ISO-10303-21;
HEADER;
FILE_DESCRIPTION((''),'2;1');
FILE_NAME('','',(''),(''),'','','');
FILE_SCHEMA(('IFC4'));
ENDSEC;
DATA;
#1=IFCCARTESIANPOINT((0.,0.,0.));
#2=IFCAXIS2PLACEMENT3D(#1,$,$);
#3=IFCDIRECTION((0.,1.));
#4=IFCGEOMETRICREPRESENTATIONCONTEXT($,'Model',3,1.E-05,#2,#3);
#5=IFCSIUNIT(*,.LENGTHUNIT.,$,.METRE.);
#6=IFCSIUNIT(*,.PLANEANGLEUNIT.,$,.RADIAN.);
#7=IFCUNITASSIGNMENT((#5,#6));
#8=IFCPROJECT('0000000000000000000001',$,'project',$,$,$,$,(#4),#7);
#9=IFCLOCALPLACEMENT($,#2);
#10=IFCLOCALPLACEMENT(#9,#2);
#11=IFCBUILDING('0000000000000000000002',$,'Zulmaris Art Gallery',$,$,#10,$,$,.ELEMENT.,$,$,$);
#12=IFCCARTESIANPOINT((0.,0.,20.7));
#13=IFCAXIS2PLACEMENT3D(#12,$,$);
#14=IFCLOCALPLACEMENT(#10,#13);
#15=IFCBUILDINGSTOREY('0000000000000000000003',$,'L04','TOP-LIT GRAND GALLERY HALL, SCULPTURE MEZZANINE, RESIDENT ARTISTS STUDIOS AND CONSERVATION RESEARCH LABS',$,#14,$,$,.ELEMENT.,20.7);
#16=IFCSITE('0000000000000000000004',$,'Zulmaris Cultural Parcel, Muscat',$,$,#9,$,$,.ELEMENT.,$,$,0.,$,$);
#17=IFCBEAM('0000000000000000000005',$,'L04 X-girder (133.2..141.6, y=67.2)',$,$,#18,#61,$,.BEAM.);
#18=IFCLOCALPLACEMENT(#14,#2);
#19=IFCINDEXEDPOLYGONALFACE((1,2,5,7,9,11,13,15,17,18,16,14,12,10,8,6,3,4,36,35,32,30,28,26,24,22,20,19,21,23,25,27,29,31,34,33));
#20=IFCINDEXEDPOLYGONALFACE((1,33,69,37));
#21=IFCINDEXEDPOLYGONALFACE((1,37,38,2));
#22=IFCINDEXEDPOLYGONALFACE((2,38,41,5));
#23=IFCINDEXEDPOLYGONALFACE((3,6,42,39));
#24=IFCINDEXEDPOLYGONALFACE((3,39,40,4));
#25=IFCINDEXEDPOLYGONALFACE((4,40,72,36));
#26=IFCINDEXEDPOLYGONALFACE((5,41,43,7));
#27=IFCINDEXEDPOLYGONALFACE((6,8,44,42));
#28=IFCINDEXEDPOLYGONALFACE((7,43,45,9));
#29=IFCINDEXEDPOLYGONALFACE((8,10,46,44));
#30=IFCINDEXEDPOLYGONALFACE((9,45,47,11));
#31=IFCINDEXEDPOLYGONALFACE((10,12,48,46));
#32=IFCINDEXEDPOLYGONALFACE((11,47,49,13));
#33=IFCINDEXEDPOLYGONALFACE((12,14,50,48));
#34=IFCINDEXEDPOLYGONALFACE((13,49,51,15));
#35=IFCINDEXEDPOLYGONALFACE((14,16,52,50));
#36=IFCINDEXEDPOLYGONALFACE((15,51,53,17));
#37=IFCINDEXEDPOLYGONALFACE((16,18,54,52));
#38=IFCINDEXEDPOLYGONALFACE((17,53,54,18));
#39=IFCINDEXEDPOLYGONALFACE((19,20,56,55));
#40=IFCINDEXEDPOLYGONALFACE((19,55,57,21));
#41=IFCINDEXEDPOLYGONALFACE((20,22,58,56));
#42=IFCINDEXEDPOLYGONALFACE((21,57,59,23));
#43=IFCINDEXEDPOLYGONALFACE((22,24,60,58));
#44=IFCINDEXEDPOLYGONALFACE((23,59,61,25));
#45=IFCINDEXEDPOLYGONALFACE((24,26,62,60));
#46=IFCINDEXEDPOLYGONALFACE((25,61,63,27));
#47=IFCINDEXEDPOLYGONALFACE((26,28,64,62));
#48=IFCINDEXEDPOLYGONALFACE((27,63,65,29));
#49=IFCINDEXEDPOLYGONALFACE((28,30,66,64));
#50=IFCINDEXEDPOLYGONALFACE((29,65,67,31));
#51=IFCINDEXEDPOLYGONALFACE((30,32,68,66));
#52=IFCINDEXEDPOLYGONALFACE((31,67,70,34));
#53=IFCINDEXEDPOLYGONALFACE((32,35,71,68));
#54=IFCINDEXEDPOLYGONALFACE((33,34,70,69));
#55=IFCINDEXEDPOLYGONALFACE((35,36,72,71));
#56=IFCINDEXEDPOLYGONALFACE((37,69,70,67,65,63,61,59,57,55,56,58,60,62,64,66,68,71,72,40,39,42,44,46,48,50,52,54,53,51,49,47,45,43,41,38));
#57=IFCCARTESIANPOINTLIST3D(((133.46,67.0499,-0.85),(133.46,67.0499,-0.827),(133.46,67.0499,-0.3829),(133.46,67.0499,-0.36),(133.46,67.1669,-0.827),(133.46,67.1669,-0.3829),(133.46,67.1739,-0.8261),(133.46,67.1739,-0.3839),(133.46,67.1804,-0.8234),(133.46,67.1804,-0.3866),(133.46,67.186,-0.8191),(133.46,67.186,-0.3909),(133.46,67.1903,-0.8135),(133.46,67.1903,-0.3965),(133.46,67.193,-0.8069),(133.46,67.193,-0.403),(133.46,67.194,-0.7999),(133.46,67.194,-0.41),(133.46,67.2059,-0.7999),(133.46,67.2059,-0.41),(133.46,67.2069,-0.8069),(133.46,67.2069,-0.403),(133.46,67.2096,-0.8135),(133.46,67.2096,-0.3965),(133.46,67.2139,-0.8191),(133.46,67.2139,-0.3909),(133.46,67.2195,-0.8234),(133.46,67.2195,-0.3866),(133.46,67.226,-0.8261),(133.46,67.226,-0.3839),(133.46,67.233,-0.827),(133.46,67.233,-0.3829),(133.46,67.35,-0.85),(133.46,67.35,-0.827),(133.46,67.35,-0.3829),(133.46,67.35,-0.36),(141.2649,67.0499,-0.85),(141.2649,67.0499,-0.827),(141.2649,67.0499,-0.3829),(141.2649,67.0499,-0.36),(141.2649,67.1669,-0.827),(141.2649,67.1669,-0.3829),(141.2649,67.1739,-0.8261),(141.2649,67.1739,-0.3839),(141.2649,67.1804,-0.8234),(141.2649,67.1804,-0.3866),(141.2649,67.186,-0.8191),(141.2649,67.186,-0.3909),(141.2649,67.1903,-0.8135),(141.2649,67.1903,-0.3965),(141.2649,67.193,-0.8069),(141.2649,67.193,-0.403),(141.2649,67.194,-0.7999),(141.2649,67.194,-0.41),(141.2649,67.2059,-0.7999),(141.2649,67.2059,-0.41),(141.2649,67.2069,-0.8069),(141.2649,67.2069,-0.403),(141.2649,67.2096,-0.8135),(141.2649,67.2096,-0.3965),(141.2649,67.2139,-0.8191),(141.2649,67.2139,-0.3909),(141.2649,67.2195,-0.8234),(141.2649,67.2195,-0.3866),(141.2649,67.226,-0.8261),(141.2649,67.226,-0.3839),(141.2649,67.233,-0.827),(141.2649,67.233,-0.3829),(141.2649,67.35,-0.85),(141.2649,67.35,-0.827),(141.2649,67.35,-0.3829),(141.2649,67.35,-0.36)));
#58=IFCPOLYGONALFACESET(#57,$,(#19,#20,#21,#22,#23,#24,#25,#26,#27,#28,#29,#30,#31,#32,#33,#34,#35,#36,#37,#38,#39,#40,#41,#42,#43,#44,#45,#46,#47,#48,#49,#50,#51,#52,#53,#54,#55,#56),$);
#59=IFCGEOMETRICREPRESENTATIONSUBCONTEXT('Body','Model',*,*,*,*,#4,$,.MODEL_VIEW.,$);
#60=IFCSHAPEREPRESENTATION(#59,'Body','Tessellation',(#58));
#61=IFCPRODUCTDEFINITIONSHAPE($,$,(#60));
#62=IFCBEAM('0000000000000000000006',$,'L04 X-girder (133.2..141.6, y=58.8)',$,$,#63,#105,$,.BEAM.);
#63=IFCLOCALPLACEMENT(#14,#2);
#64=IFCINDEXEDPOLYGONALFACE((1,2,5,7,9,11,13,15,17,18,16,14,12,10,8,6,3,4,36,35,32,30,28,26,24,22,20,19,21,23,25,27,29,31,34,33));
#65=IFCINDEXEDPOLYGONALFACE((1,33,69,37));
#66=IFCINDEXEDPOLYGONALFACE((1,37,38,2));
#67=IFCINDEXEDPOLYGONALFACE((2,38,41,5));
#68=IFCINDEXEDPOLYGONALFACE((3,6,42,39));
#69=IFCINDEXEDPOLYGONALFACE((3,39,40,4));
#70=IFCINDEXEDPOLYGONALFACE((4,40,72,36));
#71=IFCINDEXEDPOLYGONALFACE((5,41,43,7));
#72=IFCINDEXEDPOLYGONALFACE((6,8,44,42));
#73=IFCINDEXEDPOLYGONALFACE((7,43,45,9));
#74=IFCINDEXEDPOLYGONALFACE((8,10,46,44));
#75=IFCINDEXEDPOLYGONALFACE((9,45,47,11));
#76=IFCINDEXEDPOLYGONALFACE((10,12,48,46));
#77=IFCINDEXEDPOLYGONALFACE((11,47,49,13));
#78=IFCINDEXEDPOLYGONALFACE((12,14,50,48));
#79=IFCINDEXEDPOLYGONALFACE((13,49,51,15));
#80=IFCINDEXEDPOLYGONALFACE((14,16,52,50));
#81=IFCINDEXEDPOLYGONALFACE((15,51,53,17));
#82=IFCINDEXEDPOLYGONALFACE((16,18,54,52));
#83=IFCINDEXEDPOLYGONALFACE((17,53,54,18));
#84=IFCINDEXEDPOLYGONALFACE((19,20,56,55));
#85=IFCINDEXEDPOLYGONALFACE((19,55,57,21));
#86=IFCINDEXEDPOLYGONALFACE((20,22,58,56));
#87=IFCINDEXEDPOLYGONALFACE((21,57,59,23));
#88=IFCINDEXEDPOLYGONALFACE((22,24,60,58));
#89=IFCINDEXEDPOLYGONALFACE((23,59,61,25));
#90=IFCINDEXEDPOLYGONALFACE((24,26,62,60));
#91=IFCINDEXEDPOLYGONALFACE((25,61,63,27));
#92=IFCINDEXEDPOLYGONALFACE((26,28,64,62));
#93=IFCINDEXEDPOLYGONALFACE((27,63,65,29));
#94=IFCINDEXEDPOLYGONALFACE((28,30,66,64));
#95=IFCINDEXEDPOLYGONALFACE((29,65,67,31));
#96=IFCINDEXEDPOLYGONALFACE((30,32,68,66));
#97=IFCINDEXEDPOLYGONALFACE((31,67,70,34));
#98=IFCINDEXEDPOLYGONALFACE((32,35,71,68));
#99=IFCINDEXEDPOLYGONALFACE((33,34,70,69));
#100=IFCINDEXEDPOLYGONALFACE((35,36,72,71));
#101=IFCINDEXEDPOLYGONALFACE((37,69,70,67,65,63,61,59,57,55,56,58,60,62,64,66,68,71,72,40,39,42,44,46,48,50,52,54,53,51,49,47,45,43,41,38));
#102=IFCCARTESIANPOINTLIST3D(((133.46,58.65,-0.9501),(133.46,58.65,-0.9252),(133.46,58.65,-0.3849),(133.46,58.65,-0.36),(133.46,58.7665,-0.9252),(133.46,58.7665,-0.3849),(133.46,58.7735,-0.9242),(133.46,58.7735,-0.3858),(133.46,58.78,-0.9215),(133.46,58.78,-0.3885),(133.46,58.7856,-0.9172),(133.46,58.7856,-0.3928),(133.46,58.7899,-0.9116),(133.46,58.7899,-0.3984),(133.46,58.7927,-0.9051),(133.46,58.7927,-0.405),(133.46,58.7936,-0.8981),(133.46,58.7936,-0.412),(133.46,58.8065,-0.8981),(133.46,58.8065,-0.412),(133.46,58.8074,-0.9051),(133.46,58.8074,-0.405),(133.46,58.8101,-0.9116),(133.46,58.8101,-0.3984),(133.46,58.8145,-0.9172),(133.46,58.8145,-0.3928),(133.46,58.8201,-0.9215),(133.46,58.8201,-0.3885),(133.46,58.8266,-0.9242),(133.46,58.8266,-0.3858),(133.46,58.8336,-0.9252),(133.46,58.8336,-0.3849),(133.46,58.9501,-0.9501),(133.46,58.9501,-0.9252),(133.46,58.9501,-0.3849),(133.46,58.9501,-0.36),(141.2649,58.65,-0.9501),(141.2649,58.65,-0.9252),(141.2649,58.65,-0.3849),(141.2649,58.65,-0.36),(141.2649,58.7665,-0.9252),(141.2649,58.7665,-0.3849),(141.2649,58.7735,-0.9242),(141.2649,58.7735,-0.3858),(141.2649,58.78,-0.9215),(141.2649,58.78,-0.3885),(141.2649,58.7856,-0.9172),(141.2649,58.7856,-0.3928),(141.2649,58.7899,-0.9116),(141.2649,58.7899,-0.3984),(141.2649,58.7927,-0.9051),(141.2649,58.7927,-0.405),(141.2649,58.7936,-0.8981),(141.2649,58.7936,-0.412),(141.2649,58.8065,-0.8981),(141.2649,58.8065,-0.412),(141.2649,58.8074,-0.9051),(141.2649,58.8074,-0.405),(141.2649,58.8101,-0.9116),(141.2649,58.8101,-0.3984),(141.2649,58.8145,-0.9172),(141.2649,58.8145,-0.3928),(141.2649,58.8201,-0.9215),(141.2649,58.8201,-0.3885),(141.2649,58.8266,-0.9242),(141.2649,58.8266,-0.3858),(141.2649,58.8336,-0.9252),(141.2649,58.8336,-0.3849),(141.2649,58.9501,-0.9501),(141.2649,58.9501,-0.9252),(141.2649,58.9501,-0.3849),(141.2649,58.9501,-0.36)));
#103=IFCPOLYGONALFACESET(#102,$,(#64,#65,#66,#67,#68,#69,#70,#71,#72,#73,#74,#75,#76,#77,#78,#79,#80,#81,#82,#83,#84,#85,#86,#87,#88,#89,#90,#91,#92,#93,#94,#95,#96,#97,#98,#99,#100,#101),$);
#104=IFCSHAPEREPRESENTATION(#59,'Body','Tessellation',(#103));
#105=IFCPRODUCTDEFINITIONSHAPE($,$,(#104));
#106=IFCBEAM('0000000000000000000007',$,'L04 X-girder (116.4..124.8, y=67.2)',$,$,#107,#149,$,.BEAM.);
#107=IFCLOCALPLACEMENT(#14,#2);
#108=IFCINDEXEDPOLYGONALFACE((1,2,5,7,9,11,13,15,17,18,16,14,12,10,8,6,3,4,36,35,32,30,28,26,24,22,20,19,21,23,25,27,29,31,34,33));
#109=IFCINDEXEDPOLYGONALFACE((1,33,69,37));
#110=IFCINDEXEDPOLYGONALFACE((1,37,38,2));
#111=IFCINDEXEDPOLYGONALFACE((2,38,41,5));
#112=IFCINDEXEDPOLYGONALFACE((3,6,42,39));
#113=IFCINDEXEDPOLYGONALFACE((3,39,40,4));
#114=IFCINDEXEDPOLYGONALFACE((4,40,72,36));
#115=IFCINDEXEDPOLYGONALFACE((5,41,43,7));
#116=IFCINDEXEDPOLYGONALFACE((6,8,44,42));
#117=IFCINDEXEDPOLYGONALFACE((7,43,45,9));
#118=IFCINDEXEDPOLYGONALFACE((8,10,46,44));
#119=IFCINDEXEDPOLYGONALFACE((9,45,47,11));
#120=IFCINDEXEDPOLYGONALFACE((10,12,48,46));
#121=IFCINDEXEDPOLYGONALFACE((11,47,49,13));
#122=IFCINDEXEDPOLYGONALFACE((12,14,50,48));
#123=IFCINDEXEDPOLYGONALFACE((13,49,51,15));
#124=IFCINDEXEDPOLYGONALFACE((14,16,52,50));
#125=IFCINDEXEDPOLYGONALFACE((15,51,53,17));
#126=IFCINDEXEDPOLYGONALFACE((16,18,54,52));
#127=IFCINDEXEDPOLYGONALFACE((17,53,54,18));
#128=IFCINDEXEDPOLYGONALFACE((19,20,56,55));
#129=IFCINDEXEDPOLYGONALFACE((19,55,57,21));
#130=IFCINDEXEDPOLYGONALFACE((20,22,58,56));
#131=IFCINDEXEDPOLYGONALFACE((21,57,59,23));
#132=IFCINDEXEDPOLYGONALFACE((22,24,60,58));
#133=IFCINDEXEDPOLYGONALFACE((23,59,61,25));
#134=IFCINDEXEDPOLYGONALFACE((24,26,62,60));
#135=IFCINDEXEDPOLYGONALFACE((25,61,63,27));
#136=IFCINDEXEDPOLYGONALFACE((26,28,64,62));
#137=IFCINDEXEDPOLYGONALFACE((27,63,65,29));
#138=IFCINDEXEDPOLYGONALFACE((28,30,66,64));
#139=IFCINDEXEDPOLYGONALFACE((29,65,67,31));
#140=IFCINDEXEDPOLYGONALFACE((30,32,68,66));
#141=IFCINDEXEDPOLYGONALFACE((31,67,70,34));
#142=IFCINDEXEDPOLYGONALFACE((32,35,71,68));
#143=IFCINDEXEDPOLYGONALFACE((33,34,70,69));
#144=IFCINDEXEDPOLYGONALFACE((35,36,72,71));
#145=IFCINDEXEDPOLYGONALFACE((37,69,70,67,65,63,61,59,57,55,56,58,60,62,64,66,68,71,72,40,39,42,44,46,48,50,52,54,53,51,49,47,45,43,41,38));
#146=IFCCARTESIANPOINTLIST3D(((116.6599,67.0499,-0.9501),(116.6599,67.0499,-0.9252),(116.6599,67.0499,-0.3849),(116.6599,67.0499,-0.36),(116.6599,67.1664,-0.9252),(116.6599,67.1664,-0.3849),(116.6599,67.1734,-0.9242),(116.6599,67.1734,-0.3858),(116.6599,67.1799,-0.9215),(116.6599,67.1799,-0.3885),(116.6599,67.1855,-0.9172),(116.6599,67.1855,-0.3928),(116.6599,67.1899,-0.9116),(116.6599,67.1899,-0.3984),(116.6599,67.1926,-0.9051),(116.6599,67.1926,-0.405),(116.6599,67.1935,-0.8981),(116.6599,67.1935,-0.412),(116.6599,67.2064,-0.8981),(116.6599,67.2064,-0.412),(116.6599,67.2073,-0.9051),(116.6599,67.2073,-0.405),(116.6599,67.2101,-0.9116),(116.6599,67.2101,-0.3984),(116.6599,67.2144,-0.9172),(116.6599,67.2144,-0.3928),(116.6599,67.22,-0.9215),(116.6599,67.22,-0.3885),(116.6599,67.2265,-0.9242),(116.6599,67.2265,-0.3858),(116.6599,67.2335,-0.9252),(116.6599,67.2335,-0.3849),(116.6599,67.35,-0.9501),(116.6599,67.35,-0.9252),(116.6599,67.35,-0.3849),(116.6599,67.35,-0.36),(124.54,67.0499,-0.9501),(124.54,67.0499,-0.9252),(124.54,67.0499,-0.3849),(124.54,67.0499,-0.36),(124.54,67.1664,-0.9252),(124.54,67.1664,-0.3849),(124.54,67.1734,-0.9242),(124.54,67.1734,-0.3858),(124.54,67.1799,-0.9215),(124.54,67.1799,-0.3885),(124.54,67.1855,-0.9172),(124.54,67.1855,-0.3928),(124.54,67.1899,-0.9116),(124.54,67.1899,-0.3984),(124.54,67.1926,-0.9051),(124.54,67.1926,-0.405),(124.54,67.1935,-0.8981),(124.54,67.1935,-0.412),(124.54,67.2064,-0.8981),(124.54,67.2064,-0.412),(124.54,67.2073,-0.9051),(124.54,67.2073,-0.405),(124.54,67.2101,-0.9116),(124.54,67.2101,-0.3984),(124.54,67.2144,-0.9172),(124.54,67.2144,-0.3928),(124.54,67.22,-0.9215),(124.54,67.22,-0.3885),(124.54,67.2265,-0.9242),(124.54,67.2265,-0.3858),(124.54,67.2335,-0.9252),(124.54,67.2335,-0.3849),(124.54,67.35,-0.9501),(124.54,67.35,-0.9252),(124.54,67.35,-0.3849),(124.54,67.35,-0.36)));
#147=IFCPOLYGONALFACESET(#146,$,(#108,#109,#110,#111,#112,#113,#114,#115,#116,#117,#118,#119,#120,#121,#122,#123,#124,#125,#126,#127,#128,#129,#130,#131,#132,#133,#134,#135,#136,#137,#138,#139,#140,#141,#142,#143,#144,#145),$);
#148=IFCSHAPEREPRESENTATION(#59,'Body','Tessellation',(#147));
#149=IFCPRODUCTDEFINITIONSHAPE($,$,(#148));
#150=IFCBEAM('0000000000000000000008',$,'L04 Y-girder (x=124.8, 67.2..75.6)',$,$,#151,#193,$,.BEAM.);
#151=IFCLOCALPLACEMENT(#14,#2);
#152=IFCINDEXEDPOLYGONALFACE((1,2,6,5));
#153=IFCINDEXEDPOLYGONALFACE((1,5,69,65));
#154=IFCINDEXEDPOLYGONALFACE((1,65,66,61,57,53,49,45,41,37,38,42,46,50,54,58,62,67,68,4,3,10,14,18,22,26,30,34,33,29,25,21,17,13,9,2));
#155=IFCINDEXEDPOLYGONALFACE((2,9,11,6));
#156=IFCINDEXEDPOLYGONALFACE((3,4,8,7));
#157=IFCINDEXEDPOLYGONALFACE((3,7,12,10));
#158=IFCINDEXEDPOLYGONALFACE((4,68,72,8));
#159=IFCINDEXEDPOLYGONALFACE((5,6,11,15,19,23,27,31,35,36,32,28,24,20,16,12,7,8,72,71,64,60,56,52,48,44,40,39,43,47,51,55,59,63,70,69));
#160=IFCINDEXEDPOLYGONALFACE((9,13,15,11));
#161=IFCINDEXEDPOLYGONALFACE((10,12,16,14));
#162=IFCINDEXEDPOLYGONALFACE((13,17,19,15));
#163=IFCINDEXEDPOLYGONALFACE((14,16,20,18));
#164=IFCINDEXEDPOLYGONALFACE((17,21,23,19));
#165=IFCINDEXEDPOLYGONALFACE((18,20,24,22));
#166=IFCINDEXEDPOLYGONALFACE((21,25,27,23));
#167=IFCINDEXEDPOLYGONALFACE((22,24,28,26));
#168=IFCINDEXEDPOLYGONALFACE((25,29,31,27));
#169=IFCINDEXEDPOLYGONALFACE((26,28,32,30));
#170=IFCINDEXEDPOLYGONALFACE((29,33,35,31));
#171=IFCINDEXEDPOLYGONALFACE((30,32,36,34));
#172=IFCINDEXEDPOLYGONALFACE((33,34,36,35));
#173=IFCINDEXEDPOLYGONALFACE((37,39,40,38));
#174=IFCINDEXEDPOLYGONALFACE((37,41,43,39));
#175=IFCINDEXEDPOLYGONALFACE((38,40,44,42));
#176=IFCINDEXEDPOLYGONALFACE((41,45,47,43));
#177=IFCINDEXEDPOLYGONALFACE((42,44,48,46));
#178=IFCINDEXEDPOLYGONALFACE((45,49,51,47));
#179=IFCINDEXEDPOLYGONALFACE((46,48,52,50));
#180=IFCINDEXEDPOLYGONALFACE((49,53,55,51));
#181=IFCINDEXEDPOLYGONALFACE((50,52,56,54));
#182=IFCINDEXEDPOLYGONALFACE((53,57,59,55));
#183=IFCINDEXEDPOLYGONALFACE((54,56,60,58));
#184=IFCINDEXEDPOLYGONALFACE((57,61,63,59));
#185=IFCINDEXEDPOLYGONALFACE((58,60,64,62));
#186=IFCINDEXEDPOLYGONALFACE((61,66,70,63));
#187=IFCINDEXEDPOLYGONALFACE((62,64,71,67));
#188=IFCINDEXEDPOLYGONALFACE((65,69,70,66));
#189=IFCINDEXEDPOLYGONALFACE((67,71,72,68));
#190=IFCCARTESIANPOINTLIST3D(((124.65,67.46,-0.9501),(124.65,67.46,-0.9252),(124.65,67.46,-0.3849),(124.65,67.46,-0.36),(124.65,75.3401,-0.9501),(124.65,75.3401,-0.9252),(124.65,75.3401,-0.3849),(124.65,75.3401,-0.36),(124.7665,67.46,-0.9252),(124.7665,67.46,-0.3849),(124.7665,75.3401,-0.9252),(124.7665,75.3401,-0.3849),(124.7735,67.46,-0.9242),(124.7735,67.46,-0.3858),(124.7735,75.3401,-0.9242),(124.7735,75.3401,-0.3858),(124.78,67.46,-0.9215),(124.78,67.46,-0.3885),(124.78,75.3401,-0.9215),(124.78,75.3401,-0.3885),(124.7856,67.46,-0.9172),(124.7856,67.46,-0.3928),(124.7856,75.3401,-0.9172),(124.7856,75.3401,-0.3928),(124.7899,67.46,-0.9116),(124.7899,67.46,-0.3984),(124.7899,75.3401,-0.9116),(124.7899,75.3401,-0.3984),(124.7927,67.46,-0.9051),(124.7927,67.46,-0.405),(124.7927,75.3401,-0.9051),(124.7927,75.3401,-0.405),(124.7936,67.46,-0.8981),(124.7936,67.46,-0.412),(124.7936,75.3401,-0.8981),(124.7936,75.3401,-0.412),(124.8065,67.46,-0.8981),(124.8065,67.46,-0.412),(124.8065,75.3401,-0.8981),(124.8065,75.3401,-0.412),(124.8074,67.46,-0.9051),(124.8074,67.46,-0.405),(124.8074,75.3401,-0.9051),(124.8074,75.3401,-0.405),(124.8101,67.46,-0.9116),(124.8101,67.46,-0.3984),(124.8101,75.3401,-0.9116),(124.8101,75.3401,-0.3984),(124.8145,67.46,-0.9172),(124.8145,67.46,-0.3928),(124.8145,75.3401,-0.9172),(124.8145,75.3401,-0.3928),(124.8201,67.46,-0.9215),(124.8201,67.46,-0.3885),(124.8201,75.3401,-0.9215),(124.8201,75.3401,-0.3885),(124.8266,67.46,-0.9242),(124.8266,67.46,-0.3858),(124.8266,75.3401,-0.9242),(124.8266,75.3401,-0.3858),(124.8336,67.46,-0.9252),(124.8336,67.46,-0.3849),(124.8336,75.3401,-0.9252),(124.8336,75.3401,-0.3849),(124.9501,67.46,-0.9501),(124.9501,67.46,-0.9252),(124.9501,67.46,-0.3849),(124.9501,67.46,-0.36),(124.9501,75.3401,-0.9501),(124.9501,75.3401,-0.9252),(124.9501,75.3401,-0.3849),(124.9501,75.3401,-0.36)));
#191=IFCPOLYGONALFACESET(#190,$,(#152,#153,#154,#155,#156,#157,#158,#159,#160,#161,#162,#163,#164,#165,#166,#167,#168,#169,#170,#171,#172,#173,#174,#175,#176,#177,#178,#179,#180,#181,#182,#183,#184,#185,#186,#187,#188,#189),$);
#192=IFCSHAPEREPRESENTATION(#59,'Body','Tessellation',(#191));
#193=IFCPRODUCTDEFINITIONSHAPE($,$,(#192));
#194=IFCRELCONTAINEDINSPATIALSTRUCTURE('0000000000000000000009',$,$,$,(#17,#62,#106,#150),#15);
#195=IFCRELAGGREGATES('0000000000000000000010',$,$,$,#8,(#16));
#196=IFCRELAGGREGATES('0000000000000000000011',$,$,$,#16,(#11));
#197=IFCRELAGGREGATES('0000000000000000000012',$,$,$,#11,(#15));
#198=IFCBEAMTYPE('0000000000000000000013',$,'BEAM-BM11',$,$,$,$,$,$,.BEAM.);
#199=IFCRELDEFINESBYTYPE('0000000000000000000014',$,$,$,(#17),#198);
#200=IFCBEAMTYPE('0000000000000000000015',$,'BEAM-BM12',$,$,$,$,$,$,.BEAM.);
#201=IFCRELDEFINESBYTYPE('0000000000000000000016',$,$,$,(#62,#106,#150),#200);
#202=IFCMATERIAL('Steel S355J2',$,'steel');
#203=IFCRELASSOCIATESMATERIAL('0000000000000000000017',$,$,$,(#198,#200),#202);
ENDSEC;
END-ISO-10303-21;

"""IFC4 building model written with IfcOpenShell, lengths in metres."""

from ifc_helpers import new_model, si_unit, direction, frame, origin, origin_2d, place, context, subcontext, project, spatial, i_section, extrude, material, material_profile, profile_set, type_object, element, save


model = new_model("IFC4")

# Units and contexts
model_context = context("Model", 3, precision=1e-05, world=origin(), true_north=direction((0.0, 1.0)))
body_context = subcontext(model_context, "Body", "Model", "MODEL_VIEW")
ifc_project = project(units=[si_unit("LENGTHUNIT", "METRE"), si_unit("PLANEANGLEUNIT", "RADIAN")], contexts=[model_context])

# Site, building, storey
site_placement = place(None, origin())
site = spatial("IfcSite", under=ifc_project, at=site_placement, Name="Zulmaris Cultural Parcel, Muscat", CompositionType="ELEMENT", RefElevation=0.0)
building_placement = place(site_placement, origin())
building = spatial("IfcBuilding", under=site, at=building_placement, Name="Zulmaris Art Gallery", CompositionType="ELEMENT")
storey_placement = place(building_placement, frame((0.0, 0.0, 20.7)))
storey = spatial("IfcBuildingStorey", under=building, at=storey_placement, Name="L04", Description="TOP-LIT GRAND GALLERY HALL, SCULPTURE MEZZANINE, RESIDENT ARTISTS STUDIOS AND CONSERVATION RESEARCH LABS", CompositionType="ELEMENT", Elevation=20.7)

# Beams
ifc_material_1 = material(Name="Steel S355J2", Category="steel")
ifc_material_profile_1 = material_profile(ifc_material_1, i_section(OverallWidth=0.3, OverallDepth=0.49, WebThickness=0.012, FlangeThickness=0.0229, FilletRadius=0.0271, at=origin_2d()), Name="HEA 500")
ifc_profile_set_1 = profile_set([ifc_material_profile_1], Name="Steel S355J2")
beam_type_1 = type_object("IfcBeamType", Name="BEAM-BM11", PredefinedType="BEAM", material=ifc_profile_set_1)
beam_1_placement = place(storey_placement, frame((133.46, 67.2, -0.605), z_axis=(1.0, 0.0, 0.0), x_axis=(0.0, 1.0, 0.0)))
element("IfcBeam", 1, at=beam_1_placement, inside=storey, type_object=beam_type_1, Name="L04 X-girder (133.2..141.6, y=67.2)", PredefinedType="BEAM", context=body_context, shape_type="SweptSolid", body=[
    extrude(i_section(OverallWidth=0.3, OverallDepth=0.49, WebThickness=0.012, FlangeThickness=0.0229, FilletRadius=0.0271, at=origin_2d()), origin(), (0.0, 0.0, 1.0), 7.8049),
])
ifc_material_profile_2 = material_profile(ifc_material_1, i_section(OverallWidth=0.3, OverallDepth=0.5901, WebThickness=0.0129, FlangeThickness=0.0249, FilletRadius=0.0271, at=origin_2d()), Name="HEA 600")
ifc_profile_set_2 = profile_set([ifc_material_profile_2], Name="Steel S355J2")
beam_type_2 = type_object("IfcBeamType", Name="BEAM-BM12", PredefinedType="BEAM", material=ifc_profile_set_2)
beam_2_placement = place(storey_placement, frame((133.46, 58.8, -0.655), z_axis=(1.0, 0.0, 0.0), x_axis=(0.0, 1.0, 0.0)))
element("IfcBeam", 2, at=beam_2_placement, inside=storey, type_object=beam_type_2, Name="L04 X-girder (133.2..141.6, y=58.8)", PredefinedType="BEAM", context=body_context, shape_type="SweptSolid", body=[
    extrude(i_section(OverallWidth=0.3, OverallDepth=0.5901, WebThickness=0.0129, FlangeThickness=0.0249, FilletRadius=0.0271, at=origin_2d()), origin(), (0.0, 0.0, 1.0), 7.8049),
])
for number, where, z_axis, x_axis, name in (
    (3, (116.6599, 67.2, -0.655), (1.0, 0.0, 0.0), (0.0, 1.0, 0.0), "L04 X-girder (116.4..124.8, y=67.2)"),
    (4, (124.8, 67.46, -0.655), (0.0, 1.0, 0.0), (-1.0, 0.0, 0.0), "L04 Y-girder (x=124.8, 67.2..75.6)"),
):
    element("IfcBeam", number, at=place(storey_placement, frame(where, z_axis=z_axis, x_axis=x_axis)), inside=storey, type_object=beam_type_2, Name=name, PredefinedType="BEAM", context=body_context, shape_type="SweptSolid", body=[
        extrude(i_section(OverallWidth=0.3, OverallDepth=0.5901, WebThickness=0.0129, FlangeThickness=0.0249, FilletRadius=0.0271, at=origin_2d()), origin(), (0.0, 0.0, 1.0), 7.8801),
    ])

save(model, "model.ifc")
